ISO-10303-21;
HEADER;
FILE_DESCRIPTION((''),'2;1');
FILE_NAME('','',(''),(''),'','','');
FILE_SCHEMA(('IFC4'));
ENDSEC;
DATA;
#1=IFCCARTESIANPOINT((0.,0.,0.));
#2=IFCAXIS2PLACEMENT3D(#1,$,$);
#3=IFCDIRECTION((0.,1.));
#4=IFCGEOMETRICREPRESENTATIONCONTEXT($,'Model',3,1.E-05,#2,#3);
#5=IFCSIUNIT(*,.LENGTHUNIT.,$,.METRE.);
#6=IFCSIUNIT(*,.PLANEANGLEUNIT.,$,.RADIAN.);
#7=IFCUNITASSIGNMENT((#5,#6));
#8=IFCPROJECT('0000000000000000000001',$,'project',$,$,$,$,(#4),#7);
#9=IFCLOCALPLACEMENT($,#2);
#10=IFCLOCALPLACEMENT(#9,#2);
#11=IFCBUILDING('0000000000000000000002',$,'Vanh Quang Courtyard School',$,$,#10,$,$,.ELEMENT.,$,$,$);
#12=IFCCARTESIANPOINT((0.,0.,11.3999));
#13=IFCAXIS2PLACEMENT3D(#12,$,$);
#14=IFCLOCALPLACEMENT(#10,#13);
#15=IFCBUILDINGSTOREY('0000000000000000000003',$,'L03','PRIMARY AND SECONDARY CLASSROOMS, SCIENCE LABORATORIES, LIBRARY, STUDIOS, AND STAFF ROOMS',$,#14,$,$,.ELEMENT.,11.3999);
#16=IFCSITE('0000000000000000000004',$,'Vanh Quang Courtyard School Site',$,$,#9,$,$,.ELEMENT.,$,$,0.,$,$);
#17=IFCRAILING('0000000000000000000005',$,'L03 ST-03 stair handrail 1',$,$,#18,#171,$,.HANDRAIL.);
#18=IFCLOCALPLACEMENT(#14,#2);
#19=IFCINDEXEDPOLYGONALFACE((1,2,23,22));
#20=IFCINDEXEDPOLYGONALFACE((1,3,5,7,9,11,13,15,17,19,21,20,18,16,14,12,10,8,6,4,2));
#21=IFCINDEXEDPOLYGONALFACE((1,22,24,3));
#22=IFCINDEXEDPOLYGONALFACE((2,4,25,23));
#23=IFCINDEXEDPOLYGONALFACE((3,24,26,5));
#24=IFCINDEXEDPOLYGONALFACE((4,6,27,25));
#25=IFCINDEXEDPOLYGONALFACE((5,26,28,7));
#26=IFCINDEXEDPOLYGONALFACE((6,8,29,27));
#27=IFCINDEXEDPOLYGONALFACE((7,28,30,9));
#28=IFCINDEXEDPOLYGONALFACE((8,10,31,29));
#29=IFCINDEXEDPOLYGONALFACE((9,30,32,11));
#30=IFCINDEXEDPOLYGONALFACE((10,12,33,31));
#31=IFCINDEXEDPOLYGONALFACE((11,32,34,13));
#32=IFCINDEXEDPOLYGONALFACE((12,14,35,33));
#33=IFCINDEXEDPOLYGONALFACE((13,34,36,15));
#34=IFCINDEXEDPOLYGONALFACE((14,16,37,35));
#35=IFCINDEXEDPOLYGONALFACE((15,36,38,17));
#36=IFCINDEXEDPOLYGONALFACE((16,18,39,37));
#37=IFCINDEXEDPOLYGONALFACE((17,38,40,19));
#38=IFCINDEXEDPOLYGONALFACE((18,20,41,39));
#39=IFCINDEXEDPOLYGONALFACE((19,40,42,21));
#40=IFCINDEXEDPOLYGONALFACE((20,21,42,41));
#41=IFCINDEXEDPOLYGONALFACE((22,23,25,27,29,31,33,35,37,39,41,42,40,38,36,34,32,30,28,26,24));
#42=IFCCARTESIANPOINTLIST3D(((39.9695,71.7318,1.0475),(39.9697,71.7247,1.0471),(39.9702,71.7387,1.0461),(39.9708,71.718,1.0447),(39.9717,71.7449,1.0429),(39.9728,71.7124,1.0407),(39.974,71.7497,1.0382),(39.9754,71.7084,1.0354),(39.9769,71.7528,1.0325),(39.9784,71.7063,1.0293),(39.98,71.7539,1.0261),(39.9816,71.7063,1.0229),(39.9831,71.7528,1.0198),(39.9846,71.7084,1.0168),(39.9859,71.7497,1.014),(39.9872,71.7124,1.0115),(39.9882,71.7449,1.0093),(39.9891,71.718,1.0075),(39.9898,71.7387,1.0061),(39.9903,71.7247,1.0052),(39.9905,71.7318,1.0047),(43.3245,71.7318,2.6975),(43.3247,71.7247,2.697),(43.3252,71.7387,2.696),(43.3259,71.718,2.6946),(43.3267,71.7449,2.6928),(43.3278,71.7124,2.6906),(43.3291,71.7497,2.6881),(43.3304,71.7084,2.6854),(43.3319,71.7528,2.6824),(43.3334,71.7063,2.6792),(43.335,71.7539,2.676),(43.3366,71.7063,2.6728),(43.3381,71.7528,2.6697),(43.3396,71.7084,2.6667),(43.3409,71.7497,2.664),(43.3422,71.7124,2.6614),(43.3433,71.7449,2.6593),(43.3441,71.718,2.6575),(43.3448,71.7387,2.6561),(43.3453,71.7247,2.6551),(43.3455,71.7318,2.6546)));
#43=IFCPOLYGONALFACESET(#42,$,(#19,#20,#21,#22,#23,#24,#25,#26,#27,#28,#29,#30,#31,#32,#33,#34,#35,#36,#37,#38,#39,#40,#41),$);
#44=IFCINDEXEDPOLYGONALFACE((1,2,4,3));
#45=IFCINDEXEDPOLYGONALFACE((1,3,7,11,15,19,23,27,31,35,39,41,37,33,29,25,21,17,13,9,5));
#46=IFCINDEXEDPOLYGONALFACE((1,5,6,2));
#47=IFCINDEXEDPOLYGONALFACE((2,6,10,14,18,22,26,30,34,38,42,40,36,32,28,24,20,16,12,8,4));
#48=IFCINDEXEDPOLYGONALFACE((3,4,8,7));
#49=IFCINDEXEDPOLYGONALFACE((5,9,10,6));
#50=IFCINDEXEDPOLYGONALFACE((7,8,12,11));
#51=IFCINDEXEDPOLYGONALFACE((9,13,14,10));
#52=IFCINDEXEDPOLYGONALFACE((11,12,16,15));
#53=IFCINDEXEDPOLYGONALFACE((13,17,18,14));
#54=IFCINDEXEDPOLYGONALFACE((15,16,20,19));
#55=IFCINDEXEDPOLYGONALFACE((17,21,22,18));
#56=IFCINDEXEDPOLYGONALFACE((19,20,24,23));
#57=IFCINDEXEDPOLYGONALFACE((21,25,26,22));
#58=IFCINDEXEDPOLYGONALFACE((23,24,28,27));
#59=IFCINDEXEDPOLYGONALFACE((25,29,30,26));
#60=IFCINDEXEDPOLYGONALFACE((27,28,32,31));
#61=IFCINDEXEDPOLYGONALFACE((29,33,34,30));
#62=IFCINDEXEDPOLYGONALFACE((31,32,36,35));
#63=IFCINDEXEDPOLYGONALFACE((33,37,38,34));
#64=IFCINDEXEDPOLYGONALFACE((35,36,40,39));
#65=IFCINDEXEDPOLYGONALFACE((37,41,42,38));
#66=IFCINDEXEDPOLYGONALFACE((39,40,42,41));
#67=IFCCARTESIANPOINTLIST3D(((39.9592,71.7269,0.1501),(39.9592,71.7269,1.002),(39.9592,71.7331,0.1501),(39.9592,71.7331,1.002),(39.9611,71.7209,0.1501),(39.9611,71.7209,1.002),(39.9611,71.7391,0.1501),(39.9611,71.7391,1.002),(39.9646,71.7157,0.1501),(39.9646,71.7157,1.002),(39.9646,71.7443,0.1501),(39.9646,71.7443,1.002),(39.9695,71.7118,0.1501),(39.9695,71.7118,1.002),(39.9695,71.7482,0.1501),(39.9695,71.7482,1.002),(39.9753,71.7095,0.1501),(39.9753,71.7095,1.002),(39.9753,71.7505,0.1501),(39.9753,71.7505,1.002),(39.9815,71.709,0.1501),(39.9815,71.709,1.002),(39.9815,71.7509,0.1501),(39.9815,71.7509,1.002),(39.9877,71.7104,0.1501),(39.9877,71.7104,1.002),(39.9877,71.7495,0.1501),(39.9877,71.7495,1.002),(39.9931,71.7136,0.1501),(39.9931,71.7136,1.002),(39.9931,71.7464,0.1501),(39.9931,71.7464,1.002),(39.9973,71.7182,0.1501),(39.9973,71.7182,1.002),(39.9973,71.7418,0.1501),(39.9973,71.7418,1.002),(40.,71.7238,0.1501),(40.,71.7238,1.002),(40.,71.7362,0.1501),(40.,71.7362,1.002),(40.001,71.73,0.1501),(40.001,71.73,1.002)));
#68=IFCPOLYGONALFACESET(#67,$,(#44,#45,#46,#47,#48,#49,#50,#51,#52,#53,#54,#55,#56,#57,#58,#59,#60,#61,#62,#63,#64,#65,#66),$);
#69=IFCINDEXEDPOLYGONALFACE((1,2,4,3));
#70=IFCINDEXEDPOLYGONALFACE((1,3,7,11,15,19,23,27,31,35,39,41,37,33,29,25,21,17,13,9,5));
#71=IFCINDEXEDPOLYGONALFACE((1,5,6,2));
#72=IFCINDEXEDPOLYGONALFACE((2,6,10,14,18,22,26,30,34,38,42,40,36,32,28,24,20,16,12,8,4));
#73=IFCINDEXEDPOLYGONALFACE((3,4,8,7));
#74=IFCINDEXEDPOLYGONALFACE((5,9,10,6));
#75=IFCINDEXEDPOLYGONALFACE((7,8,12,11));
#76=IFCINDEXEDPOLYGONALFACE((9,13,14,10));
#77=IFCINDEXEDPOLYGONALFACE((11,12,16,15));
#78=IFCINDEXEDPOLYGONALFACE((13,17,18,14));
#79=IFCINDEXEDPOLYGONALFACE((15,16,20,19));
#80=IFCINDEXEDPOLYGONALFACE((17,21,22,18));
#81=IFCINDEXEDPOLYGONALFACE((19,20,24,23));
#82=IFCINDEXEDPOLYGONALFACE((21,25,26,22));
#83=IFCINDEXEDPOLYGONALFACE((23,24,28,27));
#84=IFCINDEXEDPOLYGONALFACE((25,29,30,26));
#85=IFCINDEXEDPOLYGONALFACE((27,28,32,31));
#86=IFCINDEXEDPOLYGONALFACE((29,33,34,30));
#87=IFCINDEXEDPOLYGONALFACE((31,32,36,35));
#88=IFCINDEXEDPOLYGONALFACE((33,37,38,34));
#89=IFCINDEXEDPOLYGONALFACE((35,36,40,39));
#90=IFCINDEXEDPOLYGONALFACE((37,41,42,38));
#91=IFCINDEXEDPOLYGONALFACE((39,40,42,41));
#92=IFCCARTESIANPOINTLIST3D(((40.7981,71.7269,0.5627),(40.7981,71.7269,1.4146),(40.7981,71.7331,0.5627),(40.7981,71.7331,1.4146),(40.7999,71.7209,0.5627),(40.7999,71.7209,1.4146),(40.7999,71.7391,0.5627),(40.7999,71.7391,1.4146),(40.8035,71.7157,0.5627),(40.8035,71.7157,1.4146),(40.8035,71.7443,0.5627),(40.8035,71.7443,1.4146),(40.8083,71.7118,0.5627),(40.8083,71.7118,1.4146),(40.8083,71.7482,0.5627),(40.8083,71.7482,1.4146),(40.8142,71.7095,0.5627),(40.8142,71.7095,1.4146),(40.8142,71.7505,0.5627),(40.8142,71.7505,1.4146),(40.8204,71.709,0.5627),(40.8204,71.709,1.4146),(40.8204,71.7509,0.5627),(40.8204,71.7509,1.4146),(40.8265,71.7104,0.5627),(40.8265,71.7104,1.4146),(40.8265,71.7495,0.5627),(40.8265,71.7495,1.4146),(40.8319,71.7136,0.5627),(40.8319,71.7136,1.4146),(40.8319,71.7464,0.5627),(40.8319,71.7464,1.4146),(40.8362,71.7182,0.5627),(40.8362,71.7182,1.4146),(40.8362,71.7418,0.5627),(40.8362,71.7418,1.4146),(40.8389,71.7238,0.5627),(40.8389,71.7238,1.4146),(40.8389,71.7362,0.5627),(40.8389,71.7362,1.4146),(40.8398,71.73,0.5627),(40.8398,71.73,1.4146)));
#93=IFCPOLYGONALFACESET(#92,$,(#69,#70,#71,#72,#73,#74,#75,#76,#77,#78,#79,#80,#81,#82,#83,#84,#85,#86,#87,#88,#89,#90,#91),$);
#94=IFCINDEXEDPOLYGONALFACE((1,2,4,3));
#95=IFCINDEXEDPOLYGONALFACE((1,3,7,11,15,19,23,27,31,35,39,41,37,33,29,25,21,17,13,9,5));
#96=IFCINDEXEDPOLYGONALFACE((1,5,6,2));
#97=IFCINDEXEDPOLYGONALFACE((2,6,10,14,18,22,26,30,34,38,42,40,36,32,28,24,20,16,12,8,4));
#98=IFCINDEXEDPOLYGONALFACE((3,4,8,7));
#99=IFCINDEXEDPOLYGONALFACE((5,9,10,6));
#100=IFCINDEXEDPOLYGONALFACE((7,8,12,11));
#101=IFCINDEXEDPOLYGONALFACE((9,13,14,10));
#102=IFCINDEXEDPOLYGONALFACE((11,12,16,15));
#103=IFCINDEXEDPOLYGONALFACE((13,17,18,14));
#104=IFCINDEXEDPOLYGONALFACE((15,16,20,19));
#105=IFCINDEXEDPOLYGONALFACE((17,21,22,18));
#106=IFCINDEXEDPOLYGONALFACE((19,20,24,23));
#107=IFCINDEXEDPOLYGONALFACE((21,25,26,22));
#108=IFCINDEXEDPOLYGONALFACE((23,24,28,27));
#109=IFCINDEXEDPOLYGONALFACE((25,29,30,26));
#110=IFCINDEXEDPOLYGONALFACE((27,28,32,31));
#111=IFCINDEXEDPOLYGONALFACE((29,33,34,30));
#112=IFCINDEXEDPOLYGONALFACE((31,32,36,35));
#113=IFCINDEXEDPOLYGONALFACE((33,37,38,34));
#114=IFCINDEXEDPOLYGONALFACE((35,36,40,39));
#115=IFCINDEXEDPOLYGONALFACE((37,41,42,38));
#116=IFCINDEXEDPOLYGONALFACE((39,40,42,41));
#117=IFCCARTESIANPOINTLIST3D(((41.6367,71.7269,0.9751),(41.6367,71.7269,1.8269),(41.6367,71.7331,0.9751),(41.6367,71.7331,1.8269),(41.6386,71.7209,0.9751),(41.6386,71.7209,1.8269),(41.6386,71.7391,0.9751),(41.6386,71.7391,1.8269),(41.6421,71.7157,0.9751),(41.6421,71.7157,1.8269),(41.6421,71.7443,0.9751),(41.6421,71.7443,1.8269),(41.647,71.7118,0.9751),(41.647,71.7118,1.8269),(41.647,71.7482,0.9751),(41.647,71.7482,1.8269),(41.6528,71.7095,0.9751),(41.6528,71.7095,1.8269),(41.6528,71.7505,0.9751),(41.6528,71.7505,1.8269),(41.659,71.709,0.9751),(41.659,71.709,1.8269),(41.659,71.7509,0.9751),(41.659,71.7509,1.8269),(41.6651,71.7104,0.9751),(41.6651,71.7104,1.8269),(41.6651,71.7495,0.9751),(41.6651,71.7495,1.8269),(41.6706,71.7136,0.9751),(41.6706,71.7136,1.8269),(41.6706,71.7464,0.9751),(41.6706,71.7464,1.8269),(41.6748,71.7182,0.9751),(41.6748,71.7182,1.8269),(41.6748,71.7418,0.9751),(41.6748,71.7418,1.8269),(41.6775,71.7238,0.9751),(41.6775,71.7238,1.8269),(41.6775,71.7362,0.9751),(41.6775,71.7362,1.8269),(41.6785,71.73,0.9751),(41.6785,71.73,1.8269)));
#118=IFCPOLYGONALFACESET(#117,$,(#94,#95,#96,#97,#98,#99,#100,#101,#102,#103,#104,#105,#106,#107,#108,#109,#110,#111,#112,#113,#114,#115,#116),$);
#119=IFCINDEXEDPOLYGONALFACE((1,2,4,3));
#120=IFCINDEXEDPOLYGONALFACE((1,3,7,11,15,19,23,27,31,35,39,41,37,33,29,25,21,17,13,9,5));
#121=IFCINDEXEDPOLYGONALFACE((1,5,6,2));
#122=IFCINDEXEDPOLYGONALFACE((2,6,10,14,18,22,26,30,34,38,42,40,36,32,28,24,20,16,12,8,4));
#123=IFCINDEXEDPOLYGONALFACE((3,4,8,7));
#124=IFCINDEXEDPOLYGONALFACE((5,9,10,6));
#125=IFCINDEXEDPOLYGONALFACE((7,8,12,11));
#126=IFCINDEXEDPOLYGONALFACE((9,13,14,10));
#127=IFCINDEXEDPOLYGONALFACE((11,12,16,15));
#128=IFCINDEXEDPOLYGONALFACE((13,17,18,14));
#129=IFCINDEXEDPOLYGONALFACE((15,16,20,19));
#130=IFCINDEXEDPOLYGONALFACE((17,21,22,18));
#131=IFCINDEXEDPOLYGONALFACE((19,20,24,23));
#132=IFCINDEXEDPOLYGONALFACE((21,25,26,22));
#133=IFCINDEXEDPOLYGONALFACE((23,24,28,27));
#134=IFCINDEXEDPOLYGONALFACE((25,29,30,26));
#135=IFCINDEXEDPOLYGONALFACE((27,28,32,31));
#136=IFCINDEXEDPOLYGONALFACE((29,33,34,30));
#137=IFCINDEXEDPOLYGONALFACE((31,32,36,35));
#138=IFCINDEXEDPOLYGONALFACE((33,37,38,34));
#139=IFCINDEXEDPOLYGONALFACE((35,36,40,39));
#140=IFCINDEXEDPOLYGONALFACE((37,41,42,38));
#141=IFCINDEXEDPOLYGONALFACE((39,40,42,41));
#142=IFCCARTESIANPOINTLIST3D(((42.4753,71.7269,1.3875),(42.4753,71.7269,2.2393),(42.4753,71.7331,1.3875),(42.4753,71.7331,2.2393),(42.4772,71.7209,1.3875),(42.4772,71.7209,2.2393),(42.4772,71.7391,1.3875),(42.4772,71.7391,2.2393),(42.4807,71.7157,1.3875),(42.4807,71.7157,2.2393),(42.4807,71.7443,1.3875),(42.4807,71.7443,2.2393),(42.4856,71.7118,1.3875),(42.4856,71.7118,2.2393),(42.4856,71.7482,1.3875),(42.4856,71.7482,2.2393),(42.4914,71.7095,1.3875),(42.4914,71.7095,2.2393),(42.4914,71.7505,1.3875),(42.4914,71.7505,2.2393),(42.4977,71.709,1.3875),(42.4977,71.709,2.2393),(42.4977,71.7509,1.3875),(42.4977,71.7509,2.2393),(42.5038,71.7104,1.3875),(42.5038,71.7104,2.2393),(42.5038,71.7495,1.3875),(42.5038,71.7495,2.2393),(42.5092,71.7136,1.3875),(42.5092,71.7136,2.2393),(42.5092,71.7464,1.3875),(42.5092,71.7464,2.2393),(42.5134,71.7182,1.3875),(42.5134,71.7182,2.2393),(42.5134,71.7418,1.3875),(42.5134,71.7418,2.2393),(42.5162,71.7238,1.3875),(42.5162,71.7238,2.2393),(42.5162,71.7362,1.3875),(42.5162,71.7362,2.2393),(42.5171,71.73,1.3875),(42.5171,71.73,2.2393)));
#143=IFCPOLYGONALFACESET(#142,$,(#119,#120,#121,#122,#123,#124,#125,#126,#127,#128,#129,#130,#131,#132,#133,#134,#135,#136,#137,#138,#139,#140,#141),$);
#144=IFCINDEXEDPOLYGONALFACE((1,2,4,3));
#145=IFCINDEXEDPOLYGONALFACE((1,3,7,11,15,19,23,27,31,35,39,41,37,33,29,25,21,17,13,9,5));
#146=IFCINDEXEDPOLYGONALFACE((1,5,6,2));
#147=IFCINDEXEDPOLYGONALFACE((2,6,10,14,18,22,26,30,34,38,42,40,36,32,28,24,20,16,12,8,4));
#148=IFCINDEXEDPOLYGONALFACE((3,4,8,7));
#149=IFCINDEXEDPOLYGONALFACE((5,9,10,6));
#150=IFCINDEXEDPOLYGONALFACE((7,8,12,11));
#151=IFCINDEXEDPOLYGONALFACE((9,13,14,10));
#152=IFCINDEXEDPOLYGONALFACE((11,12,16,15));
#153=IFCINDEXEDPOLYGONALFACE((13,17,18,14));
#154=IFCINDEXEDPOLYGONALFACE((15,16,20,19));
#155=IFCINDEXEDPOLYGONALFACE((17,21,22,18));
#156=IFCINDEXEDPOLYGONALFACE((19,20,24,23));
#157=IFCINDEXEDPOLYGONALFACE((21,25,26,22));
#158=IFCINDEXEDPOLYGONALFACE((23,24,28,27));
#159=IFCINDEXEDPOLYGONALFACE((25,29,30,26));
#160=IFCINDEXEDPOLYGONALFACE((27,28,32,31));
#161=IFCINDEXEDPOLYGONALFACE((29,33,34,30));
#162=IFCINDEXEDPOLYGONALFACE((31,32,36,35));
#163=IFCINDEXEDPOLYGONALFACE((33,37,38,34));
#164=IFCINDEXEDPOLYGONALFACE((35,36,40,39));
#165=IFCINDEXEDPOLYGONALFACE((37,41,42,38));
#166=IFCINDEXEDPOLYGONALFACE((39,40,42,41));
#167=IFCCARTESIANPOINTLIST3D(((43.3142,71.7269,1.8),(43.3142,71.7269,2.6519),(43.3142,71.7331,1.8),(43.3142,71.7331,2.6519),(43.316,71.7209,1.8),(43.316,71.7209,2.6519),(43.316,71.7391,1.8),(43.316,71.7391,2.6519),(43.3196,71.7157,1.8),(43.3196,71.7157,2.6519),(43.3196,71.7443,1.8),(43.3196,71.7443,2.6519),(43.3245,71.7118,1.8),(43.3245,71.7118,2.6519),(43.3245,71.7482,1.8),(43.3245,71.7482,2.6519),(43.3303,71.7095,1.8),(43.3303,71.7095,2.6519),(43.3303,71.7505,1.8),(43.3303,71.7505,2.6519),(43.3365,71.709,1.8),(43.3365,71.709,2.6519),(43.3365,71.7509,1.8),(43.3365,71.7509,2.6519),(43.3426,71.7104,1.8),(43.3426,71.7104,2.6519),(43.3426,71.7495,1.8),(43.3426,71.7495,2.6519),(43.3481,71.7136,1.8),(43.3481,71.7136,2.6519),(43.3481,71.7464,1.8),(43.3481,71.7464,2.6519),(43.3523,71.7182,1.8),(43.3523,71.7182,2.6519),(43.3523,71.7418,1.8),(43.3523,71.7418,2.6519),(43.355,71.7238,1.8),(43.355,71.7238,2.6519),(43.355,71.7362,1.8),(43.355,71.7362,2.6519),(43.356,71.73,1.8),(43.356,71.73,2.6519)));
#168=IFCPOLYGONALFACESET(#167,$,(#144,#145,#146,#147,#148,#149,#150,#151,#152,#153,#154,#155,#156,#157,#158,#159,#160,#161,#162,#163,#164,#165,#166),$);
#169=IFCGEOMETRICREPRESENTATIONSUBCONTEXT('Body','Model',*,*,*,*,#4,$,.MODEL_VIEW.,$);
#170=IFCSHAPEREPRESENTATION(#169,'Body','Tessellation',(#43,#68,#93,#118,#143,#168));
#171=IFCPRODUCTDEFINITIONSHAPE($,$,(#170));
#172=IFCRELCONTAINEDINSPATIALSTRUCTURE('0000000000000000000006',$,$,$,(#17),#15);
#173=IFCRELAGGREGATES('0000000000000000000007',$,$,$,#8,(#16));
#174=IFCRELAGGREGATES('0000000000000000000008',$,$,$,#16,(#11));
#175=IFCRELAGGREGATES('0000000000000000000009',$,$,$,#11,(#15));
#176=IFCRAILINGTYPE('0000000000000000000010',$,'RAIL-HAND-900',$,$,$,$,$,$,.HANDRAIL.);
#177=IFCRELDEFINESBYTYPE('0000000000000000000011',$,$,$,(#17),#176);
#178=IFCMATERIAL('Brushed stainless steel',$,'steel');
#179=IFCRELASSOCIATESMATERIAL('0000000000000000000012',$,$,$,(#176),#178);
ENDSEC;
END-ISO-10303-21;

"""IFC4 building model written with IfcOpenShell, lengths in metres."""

from ifc_helpers import new_model, si_unit, direction, frame, origin, origin_2d, place, context, subcontext, project, spatial, circle, extrude, material, type_object, element, save


model = new_model("IFC4")

# Units and contexts
model_context = context("Model", 3, precision=1e-05, world=origin(), true_north=direction((0.0, 1.0)))
body_context = subcontext(model_context, "Body", "Model", "MODEL_VIEW")
ifc_project = project(units=[si_unit("LENGTHUNIT", "METRE"), si_unit("PLANEANGLEUNIT", "RADIAN")], contexts=[model_context])

# Site, building, storey
site_placement = place(None, origin())
site = spatial("IfcSite", under=ifc_project, at=site_placement, Name="Vanh Quang Courtyard School Site", CompositionType="ELEMENT", RefElevation=0.0)
building_placement = place(site_placement, origin())
building = spatial("IfcBuilding", under=site, at=building_placement, Name="Vanh Quang Courtyard School", CompositionType="ELEMENT")
storey_placement = place(building_placement, frame((0.0, 0.0, 11.3999)))
storey = spatial("IfcBuildingStorey", under=building, at=storey_placement, Name="L03", Description="PRIMARY AND SECONDARY CLASSROOMS, SCIENCE LABORATORIES, LIBRARY, STUDIOS, AND STAFF ROOMS", CompositionType="ELEMENT", Elevation=11.3999)

# Railing
ifc_material_1 = material(Name="Brushed stainless steel", Category="steel")
railing_type_1 = type_object("IfcRailingType", Name="RAIL-HAND-900", PredefinedType="HANDRAIL", material=ifc_material_1)
railing_1_placement = place(storey_placement, frame((39.98, 71.73, 0.1501)))
element("IfcRailing", 1, at=railing_1_placement, inside=storey, type_object=railing_type_1, Name="L03 ST-03 stair handrail 1", PredefinedType="HANDRAIL", context=body_context, shape_type="SweptSolid", body=[
    extrude(circle(Radius=0.0239, at=origin_2d()), frame((0.0, 0.0, 0.876), z_axis=(0.897359, 0.0, 0.441301), x_axis=(0.0, 1.0, 0.0)), (0.0, 0.0, 1.0), 3.7388),
    extrude(circle(Radius=0.021, at=origin_2d()), origin(), (0.0, 0.0, 1.0), 0.8518),
    extrude(circle(Radius=0.021, at=origin_2d()), frame((0.8389, 0.0, 0.4126)), (0.0, 0.0, 1.0), 0.8518),
    extrude(circle(Radius=0.021, at=origin_2d()), frame((1.6775, 0.0, 0.825)), (0.0, 0.0, 1.0), 0.8518),
    extrude(circle(Radius=0.021, at=origin_2d()), frame((2.5161, 0.0, 1.2373)), (0.0, 0.0, 1.0), 0.8518),
    extrude(circle(Radius=0.021, at=origin_2d()), frame((3.355, 0.0, 1.6499)), (0.0, 0.0, 1.0), 0.8518),
])

save(model, "model.ifc")
